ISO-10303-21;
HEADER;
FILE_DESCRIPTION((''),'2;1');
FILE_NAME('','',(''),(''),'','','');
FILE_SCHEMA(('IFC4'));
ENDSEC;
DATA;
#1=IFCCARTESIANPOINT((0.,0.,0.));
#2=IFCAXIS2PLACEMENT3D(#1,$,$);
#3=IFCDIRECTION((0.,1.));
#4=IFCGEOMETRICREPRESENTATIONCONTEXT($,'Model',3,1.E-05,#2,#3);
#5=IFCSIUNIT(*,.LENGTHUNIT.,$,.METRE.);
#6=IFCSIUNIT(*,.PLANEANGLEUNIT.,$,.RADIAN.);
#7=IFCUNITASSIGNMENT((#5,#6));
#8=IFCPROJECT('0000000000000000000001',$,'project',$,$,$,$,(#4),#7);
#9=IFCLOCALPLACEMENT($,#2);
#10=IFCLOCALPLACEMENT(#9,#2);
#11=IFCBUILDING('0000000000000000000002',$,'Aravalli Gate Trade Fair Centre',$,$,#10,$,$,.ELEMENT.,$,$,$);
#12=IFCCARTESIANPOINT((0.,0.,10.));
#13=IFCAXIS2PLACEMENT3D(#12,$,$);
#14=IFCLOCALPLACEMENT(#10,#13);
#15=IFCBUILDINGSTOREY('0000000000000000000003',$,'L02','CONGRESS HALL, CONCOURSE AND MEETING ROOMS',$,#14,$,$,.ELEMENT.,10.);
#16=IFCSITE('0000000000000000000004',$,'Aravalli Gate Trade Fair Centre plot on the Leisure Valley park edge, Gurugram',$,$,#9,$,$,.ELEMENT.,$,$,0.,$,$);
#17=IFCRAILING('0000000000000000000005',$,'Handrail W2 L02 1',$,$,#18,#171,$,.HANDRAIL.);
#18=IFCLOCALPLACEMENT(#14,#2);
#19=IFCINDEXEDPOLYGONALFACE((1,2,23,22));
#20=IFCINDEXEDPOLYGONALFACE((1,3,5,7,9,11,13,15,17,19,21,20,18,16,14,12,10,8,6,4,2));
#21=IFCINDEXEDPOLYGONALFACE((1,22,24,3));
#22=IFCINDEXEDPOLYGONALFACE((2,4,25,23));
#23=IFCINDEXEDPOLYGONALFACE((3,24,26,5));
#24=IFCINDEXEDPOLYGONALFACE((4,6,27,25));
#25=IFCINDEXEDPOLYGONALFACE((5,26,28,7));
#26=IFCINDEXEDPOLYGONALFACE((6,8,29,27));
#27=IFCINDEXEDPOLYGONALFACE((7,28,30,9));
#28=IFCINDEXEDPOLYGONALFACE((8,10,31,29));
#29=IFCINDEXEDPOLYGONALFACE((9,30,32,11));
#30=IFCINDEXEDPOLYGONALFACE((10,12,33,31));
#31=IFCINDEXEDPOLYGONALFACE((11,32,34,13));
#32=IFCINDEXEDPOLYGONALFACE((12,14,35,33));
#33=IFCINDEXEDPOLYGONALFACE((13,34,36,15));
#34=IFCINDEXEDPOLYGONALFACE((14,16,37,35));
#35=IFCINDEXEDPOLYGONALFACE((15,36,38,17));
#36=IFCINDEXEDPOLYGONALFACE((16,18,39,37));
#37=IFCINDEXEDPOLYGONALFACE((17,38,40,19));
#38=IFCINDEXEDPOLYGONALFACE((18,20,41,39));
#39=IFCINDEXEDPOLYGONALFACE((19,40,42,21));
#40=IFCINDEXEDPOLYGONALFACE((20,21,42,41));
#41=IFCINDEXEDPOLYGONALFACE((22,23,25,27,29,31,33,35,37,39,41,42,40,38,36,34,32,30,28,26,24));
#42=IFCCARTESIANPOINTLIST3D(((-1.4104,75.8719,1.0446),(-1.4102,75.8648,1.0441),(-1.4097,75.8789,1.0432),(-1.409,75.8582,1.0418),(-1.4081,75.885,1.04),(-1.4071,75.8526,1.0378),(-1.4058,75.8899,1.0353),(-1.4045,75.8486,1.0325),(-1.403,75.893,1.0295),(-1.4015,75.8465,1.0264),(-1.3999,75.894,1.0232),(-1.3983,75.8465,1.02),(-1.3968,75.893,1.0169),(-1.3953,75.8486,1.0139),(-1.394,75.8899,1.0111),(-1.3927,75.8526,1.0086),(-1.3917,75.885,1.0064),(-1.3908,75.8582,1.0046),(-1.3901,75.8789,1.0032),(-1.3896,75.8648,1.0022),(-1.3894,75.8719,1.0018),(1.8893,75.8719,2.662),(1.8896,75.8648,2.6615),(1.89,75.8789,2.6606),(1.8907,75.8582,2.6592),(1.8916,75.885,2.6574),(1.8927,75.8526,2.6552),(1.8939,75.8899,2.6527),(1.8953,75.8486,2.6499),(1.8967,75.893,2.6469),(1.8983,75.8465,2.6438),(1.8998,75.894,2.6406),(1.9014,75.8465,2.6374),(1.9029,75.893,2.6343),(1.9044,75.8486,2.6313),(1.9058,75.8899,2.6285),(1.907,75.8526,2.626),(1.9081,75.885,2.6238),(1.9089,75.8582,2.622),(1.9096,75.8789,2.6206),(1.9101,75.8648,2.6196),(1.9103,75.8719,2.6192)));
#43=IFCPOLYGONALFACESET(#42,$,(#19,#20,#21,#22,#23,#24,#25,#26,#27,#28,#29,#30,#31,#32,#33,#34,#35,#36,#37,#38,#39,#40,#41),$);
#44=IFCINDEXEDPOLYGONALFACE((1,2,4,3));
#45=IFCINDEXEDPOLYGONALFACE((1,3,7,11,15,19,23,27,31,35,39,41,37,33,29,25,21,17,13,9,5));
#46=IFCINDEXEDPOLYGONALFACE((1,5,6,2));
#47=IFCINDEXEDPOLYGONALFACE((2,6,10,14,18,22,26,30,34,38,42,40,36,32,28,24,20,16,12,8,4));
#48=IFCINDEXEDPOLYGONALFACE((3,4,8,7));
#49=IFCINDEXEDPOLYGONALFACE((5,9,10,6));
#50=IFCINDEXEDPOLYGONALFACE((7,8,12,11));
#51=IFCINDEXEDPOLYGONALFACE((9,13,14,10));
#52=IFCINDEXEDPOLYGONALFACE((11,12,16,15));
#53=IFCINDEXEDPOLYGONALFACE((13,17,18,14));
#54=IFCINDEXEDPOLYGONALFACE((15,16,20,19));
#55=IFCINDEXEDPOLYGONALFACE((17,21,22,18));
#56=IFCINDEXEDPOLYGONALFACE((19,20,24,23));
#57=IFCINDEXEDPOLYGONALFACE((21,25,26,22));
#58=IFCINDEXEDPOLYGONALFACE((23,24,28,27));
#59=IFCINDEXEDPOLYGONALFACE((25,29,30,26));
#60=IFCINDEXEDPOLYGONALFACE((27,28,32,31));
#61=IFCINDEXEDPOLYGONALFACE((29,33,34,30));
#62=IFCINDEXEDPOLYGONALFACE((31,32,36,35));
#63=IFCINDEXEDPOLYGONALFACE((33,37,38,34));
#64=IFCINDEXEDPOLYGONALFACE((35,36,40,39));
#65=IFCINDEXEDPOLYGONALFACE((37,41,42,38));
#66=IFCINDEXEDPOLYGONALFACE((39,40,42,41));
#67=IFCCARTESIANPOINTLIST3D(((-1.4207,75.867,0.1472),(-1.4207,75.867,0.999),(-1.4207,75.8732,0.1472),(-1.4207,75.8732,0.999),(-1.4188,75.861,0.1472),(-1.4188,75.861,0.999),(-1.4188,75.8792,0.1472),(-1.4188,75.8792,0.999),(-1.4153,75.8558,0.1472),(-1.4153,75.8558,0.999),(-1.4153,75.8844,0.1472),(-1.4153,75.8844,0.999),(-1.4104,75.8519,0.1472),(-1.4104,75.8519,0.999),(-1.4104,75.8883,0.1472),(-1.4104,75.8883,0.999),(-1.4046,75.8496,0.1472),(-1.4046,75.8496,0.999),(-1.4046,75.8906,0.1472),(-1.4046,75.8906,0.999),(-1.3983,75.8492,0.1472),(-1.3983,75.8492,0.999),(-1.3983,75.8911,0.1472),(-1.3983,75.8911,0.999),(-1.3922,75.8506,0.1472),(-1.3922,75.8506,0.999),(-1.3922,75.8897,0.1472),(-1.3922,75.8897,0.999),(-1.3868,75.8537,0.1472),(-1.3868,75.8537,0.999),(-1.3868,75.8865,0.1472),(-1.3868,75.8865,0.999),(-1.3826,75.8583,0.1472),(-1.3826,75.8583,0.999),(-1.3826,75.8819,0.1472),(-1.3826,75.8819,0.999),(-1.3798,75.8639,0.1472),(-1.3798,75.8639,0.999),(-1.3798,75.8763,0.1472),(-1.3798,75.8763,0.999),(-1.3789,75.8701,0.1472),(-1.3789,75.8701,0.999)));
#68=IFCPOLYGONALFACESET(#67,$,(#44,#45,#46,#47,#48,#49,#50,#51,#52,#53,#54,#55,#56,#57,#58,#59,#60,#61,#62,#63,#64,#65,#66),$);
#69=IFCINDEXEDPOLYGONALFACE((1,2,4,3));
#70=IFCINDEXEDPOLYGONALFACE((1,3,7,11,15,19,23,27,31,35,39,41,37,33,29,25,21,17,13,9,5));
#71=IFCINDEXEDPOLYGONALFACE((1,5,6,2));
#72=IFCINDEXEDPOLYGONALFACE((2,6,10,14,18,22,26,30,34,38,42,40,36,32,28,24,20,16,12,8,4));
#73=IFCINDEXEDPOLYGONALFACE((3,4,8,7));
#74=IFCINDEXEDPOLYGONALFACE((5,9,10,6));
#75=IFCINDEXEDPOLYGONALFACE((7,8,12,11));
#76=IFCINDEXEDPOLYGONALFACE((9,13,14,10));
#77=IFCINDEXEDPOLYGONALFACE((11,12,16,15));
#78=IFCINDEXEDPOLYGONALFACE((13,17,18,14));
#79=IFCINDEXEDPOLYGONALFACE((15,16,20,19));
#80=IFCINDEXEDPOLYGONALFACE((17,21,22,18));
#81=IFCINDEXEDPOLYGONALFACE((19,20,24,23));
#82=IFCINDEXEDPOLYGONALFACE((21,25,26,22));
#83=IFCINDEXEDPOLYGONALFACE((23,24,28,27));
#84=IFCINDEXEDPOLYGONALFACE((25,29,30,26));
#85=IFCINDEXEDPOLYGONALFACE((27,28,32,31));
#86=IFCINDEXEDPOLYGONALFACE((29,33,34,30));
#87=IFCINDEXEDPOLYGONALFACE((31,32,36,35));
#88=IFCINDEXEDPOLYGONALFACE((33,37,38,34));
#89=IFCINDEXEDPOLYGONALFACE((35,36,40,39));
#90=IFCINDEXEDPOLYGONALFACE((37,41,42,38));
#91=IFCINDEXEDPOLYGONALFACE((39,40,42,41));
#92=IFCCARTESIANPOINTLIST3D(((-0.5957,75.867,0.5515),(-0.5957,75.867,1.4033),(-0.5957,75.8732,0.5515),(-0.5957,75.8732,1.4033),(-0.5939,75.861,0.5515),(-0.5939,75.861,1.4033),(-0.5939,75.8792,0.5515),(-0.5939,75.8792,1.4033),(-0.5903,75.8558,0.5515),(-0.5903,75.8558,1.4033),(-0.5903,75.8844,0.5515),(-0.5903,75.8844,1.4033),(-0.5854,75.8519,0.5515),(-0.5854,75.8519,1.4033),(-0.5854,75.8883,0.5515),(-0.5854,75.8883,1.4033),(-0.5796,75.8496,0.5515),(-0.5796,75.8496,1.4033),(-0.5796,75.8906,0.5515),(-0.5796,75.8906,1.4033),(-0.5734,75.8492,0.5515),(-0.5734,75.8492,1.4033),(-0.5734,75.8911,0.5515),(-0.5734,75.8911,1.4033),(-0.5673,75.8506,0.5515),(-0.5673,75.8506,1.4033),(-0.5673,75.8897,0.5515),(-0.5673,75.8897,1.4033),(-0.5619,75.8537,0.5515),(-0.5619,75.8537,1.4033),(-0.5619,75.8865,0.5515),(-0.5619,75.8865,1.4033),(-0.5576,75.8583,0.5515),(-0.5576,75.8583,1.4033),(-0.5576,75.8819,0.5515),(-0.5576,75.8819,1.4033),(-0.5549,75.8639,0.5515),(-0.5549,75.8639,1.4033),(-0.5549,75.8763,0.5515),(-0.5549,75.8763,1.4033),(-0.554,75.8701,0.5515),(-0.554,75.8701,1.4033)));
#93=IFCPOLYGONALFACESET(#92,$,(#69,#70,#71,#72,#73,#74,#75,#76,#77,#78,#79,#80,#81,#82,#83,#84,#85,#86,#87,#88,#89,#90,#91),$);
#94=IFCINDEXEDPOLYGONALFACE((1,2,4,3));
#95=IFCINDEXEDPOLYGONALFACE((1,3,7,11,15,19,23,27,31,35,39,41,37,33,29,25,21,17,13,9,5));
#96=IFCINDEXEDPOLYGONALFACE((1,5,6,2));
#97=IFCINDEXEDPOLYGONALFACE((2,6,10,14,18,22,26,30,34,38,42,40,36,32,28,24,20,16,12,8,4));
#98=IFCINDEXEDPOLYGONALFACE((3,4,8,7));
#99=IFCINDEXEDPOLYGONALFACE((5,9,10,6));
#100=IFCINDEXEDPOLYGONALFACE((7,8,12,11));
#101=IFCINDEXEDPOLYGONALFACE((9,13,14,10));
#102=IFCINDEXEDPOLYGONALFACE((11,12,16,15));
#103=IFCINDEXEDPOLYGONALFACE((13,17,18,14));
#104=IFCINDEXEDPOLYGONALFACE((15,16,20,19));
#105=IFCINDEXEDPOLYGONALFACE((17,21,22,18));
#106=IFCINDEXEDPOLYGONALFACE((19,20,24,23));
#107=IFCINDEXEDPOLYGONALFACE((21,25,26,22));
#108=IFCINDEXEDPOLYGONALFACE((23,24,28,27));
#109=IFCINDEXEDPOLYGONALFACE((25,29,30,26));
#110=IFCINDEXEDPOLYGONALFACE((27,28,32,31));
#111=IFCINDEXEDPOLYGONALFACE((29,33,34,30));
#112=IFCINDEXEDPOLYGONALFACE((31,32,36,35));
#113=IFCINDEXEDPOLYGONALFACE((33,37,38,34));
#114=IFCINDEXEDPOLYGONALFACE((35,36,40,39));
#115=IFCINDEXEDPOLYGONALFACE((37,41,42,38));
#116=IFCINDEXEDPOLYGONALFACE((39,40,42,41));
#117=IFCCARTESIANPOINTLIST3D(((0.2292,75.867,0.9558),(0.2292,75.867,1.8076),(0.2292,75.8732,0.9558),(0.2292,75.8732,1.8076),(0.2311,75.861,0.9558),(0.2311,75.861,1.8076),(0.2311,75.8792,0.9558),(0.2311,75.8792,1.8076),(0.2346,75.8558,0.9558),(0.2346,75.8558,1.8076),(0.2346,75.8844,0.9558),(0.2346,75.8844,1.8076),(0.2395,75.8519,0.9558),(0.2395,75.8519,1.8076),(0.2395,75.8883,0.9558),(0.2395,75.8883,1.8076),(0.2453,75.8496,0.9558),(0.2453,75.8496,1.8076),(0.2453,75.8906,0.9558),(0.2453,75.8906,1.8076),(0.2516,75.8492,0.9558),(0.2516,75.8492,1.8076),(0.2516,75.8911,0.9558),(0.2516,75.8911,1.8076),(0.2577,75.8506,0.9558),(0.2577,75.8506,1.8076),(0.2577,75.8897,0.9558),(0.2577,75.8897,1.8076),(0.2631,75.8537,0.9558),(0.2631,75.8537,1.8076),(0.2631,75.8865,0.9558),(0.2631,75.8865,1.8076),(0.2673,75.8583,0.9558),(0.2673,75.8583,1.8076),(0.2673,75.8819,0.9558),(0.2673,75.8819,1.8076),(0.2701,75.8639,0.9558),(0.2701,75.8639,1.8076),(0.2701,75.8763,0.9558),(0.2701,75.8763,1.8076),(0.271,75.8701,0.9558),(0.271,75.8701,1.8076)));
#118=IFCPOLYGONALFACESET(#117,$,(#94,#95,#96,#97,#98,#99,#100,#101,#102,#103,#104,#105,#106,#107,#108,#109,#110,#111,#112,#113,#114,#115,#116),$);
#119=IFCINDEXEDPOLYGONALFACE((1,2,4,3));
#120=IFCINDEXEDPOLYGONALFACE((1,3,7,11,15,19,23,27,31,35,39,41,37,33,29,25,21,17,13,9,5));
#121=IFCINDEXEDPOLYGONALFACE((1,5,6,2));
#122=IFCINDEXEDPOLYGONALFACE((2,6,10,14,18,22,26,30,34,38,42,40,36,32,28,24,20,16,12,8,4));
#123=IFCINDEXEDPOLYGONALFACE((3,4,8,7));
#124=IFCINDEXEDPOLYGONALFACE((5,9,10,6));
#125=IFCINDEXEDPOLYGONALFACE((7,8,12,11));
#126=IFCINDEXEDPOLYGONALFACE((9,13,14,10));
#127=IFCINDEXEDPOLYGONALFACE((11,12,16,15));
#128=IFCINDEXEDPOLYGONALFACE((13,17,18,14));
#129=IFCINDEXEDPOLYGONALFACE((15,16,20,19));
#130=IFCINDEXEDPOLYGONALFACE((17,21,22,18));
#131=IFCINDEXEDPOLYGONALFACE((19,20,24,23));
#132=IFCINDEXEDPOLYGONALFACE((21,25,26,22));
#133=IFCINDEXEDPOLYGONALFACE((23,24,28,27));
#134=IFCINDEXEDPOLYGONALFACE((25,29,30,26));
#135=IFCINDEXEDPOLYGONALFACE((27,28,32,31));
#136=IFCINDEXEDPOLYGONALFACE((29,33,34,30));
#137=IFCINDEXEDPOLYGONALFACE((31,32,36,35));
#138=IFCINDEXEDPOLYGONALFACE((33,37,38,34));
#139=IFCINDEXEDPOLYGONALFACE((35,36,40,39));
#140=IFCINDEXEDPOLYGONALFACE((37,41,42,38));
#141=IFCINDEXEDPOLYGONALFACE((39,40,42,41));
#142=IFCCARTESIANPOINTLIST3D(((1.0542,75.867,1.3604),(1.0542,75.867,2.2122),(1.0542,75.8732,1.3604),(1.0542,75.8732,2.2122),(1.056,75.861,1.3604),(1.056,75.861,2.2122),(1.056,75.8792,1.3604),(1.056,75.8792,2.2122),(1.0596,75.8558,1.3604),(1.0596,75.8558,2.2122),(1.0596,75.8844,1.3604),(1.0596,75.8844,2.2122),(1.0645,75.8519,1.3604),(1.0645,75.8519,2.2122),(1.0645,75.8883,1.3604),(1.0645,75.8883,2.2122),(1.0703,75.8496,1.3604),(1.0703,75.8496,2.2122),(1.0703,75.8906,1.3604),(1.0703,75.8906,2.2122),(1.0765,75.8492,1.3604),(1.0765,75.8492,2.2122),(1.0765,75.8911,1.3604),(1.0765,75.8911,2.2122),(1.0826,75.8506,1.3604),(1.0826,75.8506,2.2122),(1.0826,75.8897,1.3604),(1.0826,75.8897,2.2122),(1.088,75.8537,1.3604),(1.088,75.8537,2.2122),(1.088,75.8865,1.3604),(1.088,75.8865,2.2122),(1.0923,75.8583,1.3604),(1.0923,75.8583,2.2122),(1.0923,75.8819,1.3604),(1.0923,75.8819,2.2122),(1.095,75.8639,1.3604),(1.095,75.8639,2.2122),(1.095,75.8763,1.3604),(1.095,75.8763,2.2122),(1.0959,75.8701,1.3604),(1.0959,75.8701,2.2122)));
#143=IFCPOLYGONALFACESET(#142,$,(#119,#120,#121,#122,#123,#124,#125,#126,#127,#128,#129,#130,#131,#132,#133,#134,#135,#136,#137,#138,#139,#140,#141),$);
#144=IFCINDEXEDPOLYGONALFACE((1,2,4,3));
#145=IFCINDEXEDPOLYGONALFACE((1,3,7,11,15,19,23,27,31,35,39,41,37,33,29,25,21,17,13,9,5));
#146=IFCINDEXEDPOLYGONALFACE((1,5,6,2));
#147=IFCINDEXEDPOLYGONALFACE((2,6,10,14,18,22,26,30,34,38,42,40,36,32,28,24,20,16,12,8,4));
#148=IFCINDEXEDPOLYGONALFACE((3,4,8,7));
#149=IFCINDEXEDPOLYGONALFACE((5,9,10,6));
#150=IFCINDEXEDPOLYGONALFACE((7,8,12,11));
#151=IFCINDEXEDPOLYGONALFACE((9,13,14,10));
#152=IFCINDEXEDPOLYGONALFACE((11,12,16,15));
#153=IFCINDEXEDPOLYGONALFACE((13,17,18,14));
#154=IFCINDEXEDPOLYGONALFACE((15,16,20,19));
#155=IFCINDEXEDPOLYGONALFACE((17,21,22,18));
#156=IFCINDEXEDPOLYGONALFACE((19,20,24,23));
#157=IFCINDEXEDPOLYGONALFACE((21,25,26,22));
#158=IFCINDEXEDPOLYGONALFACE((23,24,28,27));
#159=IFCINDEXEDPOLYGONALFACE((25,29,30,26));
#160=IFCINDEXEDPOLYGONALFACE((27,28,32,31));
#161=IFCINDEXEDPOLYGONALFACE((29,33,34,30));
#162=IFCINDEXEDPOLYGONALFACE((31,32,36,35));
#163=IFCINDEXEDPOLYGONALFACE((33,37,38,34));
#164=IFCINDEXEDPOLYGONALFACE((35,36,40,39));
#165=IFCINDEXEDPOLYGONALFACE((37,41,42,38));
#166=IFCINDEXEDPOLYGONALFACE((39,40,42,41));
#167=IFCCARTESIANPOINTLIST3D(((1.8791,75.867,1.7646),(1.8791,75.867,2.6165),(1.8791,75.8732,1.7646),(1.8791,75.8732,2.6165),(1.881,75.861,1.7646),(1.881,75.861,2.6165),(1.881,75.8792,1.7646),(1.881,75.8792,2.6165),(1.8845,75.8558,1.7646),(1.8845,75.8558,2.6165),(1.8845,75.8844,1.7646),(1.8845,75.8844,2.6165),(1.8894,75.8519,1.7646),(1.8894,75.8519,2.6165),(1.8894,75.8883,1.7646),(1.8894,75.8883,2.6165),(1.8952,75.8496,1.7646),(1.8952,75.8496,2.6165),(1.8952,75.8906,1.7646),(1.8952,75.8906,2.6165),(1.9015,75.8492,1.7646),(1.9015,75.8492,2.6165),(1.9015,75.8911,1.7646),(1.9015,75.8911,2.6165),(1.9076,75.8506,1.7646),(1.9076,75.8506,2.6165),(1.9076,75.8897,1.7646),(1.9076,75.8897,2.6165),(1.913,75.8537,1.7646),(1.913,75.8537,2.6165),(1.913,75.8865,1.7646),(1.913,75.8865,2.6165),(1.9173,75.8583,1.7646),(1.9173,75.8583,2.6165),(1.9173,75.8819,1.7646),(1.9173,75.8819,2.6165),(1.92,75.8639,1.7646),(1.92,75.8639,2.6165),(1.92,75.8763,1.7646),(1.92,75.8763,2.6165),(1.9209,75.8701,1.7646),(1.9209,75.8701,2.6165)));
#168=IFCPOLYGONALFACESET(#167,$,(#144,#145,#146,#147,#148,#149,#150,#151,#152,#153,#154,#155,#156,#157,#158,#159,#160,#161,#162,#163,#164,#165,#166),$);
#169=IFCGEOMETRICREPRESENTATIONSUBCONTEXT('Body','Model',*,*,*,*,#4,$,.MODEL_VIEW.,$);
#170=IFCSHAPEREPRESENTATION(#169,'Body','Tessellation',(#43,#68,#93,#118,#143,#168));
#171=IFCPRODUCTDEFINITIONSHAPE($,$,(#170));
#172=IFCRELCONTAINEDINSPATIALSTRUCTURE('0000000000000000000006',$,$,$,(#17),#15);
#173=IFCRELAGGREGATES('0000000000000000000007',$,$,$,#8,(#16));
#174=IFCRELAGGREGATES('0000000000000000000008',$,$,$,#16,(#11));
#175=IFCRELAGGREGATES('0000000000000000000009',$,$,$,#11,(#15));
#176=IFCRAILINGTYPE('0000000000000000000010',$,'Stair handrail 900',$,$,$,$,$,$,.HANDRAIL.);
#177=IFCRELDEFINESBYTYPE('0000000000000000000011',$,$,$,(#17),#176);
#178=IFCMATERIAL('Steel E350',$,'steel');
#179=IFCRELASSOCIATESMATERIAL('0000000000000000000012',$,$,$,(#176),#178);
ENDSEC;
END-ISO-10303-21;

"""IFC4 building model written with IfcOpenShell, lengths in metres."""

from ifc_helpers import new_model, si_unit, direction, frame, origin, origin_2d, place, context, subcontext, project, spatial, circle, extrude, material, type_object, element, save


model = new_model("IFC4")

# Units and contexts
model_context = context("Model", 3, precision=1e-05, world=origin(), true_north=direction((0.0, 1.0)))
body_context = subcontext(model_context, "Body", "Model", "MODEL_VIEW")
ifc_project = project(units=[si_unit("LENGTHUNIT", "METRE"), si_unit("PLANEANGLEUNIT", "RADIAN")], contexts=[model_context])

# Site, building, storey
site_placement = place(None, origin())
site = spatial("IfcSite", under=ifc_project, at=site_placement, Name="Aravalli Gate Trade Fair Centre plot on the Leisure Valley park edge, Gurugram", CompositionType="ELEMENT", RefElevation=0.0)
building_placement = place(site_placement, origin())
building = spatial("IfcBuilding", under=site, at=building_placement, Name="Aravalli Gate Trade Fair Centre", CompositionType="ELEMENT")
storey_placement = place(building_placement, frame((0.0, 0.0, 10.0)))
storey = spatial("IfcBuildingStorey", under=building, at=storey_placement, Name="L02", Description="CONGRESS HALL, CONCOURSE AND MEETING ROOMS", CompositionType="ELEMENT", Elevation=10.0)

# Railing
ifc_material_1 = material(Name="Steel E350", Category="steel")
railing_type_1 = type_object("IfcRailingType", Name="Stair handrail 900", PredefinedType="HANDRAIL", material=ifc_material_1)
for number, where, name in (
    (1, (-1.3999, 75.8701, 0.1472), "Handrail W2 L02 1"),
):
    element("IfcRailing", number, at=place(storey_placement, frame(where)), inside=storey, type_object=railing_type_1, Name=name, PredefinedType="HANDRAIL", context=body_context, shape_type="SweptSolid", body=[
        extrude(circle(Radius=0.0239, at=origin_2d()), frame((0.0, 0.0, 0.876), z_axis=(0.897934, 0.0, 0.440131), x_axis=(0.0, 1.0, 0.0)), (0.0, 0.0, 1.0), 3.6748),
        extrude(circle(Radius=0.021, at=origin_2d()), origin(), (0.0, 0.0, 1.0), 0.8518),
        extrude(circle(Radius=0.021, at=origin_2d()), frame((0.825, 0.0, 0.4043)), (0.0, 0.0, 1.0), 0.8518),
        extrude(circle(Radius=0.021, at=origin_2d()), frame((1.6499, 0.0, 0.8086)), (0.0, 0.0, 1.0), 0.8518),
        extrude(circle(Radius=0.021, at=origin_2d()), frame((2.4749, 0.0, 1.2131)), (0.0, 0.0, 1.0), 0.8518),
        extrude(circle(Radius=0.021, at=origin_2d()), frame((3.2998, 0.0, 1.6174)), (0.0, 0.0, 1.0), 0.8518),
    ])

save(model, "model.ifc")
